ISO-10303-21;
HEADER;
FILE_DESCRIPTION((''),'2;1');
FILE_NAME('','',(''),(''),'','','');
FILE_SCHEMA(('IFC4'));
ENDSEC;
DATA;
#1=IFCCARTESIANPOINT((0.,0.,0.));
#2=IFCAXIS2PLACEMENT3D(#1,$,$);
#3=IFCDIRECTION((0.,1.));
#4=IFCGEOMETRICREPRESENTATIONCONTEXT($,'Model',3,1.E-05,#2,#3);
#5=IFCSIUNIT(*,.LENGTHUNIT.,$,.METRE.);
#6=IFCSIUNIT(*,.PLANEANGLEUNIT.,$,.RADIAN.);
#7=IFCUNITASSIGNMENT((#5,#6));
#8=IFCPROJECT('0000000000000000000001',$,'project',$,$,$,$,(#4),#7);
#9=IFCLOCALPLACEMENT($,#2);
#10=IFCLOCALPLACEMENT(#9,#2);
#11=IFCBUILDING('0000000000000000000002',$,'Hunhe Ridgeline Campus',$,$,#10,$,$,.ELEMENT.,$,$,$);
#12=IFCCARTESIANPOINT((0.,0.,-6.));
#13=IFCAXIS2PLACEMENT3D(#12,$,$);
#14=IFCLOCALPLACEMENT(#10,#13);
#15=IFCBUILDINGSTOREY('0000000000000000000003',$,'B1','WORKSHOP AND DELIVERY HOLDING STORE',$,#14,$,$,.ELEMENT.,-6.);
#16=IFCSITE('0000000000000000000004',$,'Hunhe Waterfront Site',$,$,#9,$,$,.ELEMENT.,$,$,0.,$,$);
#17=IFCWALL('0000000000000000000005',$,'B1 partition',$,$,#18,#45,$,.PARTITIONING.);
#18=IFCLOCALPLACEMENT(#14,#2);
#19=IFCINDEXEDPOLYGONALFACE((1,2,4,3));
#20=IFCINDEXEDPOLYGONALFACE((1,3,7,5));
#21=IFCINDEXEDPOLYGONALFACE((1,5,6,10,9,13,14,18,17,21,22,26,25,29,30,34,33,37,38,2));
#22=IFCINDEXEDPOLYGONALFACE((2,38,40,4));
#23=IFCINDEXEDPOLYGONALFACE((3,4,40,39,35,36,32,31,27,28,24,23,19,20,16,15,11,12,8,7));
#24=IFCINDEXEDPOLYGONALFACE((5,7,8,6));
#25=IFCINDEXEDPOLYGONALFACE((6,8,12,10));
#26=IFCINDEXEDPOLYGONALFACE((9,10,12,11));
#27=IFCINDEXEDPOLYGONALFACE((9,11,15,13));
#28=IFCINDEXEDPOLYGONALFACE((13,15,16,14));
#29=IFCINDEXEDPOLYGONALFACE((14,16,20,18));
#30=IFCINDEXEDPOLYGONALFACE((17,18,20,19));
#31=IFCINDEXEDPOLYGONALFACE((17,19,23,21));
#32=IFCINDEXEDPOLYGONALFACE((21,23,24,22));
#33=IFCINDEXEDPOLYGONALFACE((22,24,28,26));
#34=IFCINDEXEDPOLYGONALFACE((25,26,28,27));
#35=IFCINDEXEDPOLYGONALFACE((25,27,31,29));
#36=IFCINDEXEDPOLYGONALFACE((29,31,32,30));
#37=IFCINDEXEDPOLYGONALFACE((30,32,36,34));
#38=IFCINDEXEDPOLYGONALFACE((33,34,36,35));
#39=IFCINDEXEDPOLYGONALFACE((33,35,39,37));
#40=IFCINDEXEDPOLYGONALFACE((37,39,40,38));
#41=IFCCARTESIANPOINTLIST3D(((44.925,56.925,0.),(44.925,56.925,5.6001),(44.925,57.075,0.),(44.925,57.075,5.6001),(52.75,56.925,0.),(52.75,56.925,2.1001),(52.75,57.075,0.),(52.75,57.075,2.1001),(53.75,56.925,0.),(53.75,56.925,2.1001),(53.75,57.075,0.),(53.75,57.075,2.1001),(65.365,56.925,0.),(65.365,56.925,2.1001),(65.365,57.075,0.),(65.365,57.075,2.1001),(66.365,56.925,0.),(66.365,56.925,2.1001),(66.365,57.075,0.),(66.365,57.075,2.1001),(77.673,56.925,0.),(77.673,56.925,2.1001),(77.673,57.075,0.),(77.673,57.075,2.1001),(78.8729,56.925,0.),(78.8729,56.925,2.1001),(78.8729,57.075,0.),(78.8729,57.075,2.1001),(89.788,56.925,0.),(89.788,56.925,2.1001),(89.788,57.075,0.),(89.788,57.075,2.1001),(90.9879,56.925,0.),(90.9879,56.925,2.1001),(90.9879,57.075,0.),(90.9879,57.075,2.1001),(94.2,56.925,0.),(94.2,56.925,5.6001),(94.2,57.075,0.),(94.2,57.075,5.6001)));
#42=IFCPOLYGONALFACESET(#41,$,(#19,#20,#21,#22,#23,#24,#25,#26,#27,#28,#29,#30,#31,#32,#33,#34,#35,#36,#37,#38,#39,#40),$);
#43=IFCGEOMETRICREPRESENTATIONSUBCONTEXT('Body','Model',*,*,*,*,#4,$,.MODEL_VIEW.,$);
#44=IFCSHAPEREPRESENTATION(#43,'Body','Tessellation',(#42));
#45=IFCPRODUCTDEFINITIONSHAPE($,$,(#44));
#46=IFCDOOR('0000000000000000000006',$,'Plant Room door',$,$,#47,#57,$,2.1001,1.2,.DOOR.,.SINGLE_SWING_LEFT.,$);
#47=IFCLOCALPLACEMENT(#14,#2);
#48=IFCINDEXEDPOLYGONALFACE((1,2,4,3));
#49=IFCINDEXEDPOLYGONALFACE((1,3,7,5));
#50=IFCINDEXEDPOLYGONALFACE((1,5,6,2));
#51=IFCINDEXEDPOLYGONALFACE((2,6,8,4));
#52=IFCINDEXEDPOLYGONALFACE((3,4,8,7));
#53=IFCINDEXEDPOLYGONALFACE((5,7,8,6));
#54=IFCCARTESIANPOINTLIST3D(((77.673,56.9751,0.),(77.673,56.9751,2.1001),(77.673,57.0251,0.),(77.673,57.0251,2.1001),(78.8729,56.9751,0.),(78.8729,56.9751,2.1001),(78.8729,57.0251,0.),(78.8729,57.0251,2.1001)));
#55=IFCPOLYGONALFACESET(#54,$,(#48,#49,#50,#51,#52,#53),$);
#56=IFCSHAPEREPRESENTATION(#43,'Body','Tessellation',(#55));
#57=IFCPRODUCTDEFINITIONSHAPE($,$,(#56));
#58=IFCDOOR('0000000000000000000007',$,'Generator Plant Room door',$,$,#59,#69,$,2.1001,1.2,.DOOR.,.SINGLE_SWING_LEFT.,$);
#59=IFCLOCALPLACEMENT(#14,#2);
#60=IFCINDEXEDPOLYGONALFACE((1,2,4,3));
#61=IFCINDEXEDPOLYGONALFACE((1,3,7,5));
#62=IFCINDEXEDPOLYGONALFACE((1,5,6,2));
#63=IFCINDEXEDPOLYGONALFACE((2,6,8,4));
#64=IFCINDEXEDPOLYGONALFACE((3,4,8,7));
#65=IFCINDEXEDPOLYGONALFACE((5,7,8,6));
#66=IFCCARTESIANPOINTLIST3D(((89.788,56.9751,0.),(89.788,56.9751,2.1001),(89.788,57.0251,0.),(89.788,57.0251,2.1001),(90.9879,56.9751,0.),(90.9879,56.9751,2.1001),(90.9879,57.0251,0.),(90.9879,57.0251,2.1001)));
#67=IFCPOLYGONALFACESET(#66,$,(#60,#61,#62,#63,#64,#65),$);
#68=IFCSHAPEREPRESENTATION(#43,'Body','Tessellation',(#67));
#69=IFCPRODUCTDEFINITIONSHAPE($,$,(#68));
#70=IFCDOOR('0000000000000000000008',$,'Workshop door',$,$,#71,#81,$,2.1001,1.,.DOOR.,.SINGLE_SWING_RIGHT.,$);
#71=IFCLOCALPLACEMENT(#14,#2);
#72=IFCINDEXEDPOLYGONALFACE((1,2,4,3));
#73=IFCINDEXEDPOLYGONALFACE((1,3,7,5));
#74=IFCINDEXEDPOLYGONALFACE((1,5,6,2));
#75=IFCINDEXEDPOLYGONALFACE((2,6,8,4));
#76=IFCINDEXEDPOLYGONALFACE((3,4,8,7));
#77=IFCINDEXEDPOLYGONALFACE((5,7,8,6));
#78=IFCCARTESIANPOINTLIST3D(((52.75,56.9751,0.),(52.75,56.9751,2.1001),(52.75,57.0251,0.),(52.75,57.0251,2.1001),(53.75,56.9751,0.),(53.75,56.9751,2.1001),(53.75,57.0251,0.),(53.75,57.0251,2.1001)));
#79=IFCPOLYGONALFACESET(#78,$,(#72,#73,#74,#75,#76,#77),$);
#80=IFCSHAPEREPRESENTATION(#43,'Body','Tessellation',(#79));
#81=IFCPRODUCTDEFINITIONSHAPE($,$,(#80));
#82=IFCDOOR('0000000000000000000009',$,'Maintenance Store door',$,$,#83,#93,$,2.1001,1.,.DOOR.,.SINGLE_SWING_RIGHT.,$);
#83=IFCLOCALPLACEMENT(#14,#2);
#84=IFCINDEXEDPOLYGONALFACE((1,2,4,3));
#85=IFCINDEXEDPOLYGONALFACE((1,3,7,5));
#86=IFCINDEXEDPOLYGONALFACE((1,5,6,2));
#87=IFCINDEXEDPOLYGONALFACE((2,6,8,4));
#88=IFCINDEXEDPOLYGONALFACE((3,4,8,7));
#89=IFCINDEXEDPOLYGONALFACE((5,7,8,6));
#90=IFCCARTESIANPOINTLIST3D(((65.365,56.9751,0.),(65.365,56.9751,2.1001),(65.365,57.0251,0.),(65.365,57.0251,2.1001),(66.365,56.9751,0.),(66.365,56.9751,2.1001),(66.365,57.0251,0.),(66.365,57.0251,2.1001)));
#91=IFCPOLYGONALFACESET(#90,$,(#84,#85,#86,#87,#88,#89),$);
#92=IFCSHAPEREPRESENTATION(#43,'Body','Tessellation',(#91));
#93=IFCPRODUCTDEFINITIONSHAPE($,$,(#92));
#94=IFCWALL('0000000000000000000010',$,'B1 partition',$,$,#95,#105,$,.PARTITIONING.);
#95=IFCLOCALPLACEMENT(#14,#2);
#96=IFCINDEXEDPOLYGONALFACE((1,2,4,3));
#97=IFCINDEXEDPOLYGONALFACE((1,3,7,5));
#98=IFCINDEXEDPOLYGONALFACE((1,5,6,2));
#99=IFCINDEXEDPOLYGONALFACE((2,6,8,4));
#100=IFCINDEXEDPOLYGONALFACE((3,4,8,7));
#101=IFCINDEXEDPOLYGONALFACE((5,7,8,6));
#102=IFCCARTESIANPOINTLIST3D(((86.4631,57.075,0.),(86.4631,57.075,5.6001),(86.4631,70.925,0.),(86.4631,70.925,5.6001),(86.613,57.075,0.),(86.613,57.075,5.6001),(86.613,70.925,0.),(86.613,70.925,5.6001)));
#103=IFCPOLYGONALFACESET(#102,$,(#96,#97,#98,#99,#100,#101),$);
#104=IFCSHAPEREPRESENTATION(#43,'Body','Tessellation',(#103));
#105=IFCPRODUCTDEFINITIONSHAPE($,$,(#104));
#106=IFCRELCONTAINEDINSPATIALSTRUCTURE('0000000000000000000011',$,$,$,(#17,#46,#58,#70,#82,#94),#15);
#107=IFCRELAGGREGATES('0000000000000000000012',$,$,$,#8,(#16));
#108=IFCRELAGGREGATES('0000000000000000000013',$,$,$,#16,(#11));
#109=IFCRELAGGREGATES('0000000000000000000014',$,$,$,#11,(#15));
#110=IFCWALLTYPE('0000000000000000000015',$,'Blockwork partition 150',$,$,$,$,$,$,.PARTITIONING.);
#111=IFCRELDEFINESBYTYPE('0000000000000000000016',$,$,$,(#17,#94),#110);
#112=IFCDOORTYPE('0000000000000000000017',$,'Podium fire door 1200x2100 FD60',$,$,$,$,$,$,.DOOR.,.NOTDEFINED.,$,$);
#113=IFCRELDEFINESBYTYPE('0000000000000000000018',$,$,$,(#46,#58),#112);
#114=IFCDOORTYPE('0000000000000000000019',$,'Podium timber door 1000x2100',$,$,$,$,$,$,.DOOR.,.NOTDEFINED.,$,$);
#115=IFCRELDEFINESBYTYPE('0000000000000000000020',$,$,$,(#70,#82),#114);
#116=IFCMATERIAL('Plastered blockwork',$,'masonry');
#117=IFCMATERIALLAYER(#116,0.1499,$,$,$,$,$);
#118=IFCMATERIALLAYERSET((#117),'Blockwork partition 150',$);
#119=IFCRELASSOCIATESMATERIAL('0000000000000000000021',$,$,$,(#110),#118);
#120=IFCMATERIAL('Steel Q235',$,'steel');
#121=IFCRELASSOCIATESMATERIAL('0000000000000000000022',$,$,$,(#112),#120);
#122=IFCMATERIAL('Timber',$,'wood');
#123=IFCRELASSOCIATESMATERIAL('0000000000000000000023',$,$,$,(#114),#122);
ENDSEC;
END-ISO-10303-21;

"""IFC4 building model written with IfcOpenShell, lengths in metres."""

from ifc_helpers import new_model, si_unit, direction, frame, frame_2d, origin, place, context, subcontext, project, spatial, rectangle, extrude, material, layer, layer_set, type_object, element, fill, save


model = new_model("IFC4")

# Units and contexts
model_context = context("Model", 3, precision=1e-05, world=origin(), true_north=direction((0.0, 1.0)))
body_context = subcontext(model_context, "Body", "Model", "MODEL_VIEW")
ifc_project = project(units=[si_unit("LENGTHUNIT", "METRE"), si_unit("PLANEANGLEUNIT", "RADIAN")], contexts=[model_context])

# Site, building, storey
site_placement = place(None, origin())
site = spatial("IfcSite", under=ifc_project, at=site_placement, Name="Hunhe Waterfront Site", CompositionType="ELEMENT", RefElevation=0.0)
building_placement = place(site_placement, origin())
building = spatial("IfcBuilding", under=site, at=building_placement, Name="Hunhe Ridgeline Campus", CompositionType="ELEMENT")
storey_placement = place(building_placement, frame((0.0, 0.0, -6.0)))
storey = spatial("IfcBuildingStorey", under=building, at=storey_placement, Name="B1", Description="WORKSHOP AND DELIVERY HOLDING STORE", CompositionType="ELEMENT", Elevation=-6.0)

# Wall, openings, doors
ifc_material_1 = material(Name="Plastered blockwork", Category="masonry")
ifc_layer_1 = layer(ifc_material_1, 0.1499)
ifc_layer_set_1 = layer_set([ifc_layer_1], Name="Blockwork partition 150")
wall_type_1 = type_object("IfcWallType", Name="Blockwork partition 150", PredefinedType="PARTITIONING", material=ifc_layer_set_1)
wall_1_placement = place(storey_placement, frame((94.2, 57.0, 0.0), z_axis=(0.0, 0.0, 1.0), x_axis=(-1.0, 0.0, 0.0)))
wall_1 = element("IfcWall", 1, at=wall_1_placement, inside=storey, type_object=wall_type_1, Name="B1 partition", PredefinedType="PARTITIONING", context=body_context, shape_type="SweptSolid", body=[
    extrude(rectangle(XDim=49.2749, YDim=0.1499, at=frame_2d((24.6375, 0.0))), origin(), (0.0, 0.0, 1.0), 5.6001),
])
opening_1_placement = place(wall_1_placement, frame((40.45, 0.0, 0.0)))
opening_1 = element("IfcOpeningElement", 2, at=opening_1_placement, cuts=wall_1, PredefinedType="OPENING", context=body_context, shape_type="SweptSolid", body=[
    extrude(rectangle(XDim=1.0, YDim=2.1001, at=frame_2d((0.5, 1.05))), frame((0.0, 0.075, 0.0), z_axis=(0.0, -1.0, 0.0), x_axis=(1.0, 0.0, 0.0)), (0.0, 0.0, 1.0), 0.1499),
])
opening_2_placement = place(wall_1_placement, frame((27.835, 0.0, 0.0)))
opening_2 = element("IfcOpeningElement", 3, at=opening_2_placement, cuts=wall_1, PredefinedType="OPENING", context=body_context, shape_type="SweptSolid", body=[
    extrude(rectangle(XDim=1.0, YDim=2.1001, at=frame_2d((0.5, 1.05))), frame((0.0, 0.075, 0.0), z_axis=(0.0, -1.0, 0.0), x_axis=(1.0, 0.0, 0.0)), (0.0, 0.0, 1.0), 0.1499),
])
opening_3_placement = place(wall_1_placement, frame((15.3269, 0.0, 0.0)))
opening_3 = element("IfcOpeningElement", 4, at=opening_3_placement, cuts=wall_1, PredefinedType="OPENING", context=body_context, shape_type="SweptSolid", body=[
    extrude(rectangle(XDim=1.2, YDim=2.1001, at=frame_2d((0.6001, 1.05))), frame((0.0, 0.075, 0.0), z_axis=(0.0, -1.0, 0.0), x_axis=(1.0, 0.0, 0.0)), (0.0, 0.0, 1.0), 0.1499),
])
opening_4_placement = place(wall_1_placement, frame((3.2119, 0.0, 0.0)))
opening_4 = element("IfcOpeningElement", 5, at=opening_4_placement, cuts=wall_1, PredefinedType="OPENING", context=body_context, shape_type="SweptSolid", body=[
    extrude(rectangle(XDim=1.2, YDim=2.1001, at=frame_2d((0.6001, 1.05))), frame((0.0, 0.075, 0.0), z_axis=(0.0, -1.0, 0.0), x_axis=(1.0, 0.0, 0.0)), (0.0, 0.0, 1.0), 0.1499),
])
ifc_material_2 = material(Name="Steel Q235", Category="steel")
door_type_1 = type_object("IfcDoorType", Name="Podium fire door 1200x2100 FD60", OperationType="NOTDEFINED", PredefinedType="DOOR", material=ifc_material_2)
door_1_placement = place(opening_3_placement, origin())
door_1 = element("IfcDoor", 6, at=door_1_placement, inside=storey, type_object=door_type_1, Name="Plant Room door", OperationType="SINGLE_SWING_LEFT", OverallHeight=2.1001, OverallWidth=1.2, PredefinedType="DOOR", context=body_context, shape_type="SweptSolid", body=[
    extrude(rectangle(XDim=1.2, YDim=2.1001, at=frame_2d((0.6001, 1.05))), frame((0.0, 0.0249, 0.0), z_axis=(0.0, -1.0, 0.0), x_axis=(1.0, 0.0, 0.0)), (0.0, 0.0, 1.0), 0.05),
])
fill(opening_3, door_1)
door_2_placement = place(opening_4_placement, origin())
door_2 = element("IfcDoor", 7, at=door_2_placement, inside=storey, type_object=door_type_1, Name="Generator Plant Room door", OperationType="SINGLE_SWING_LEFT", OverallHeight=2.1001, OverallWidth=1.2, PredefinedType="DOOR", context=body_context, shape_type="SweptSolid", body=[
    extrude(rectangle(XDim=1.2, YDim=2.1001, at=frame_2d((0.6001, 1.05))), frame((0.0, 0.0249, 0.0), z_axis=(0.0, -1.0, 0.0), x_axis=(1.0, 0.0, 0.0)), (0.0, 0.0, 1.0), 0.05),
])
fill(opening_4, door_2)
ifc_material_3 = material(Name="Timber", Category="wood")
door_type_2 = type_object("IfcDoorType", Name="Podium timber door 1000x2100", OperationType="NOTDEFINED", PredefinedType="DOOR", material=ifc_material_3)
door_3_placement = place(opening_1_placement, origin())
door_3 = element("IfcDoor", 8, at=door_3_placement, inside=storey, type_object=door_type_2, Name="Workshop door", OperationType="SINGLE_SWING_RIGHT", OverallHeight=2.1001, OverallWidth=1.0, PredefinedType="DOOR", context=body_context, shape_type="SweptSolid", body=[
    extrude(rectangle(XDim=1.0, YDim=2.1001, at=frame_2d((0.5, 1.05))), frame((0.0, 0.0249, 0.0), z_axis=(0.0, -1.0, 0.0), x_axis=(1.0, 0.0, 0.0)), (0.0, 0.0, 1.0), 0.05),
])
fill(opening_1, door_3)
door_4_placement = place(opening_2_placement, origin())
door_4 = element("IfcDoor", 9, at=door_4_placement, inside=storey, type_object=door_type_2, Name="Maintenance Store door", OperationType="SINGLE_SWING_RIGHT", OverallHeight=2.1001, OverallWidth=1.0, PredefinedType="DOOR", context=body_context, shape_type="SweptSolid", body=[
    extrude(rectangle(XDim=1.0, YDim=2.1001, at=frame_2d((0.5, 1.05))), frame((0.0, 0.0249, 0.0), z_axis=(0.0, -1.0, 0.0), x_axis=(1.0, 0.0, 0.0)), (0.0, 0.0, 1.0), 0.05),
])
fill(opening_2, door_4)

# Wall
wall_2_placement = place(storey_placement, frame((86.5381, 57.075, 0.0), z_axis=(0.0, 0.0, 1.0), x_axis=(0.0, 1.0, 0.0)))
element("IfcWall", 10, at=wall_2_placement, inside=storey, type_object=wall_type_1, Name="B1 partition", PredefinedType="PARTITIONING", context=body_context, shape_type="SweptSolid", body=[
    extrude(rectangle(XDim=13.8501, YDim=0.1499, at=frame_2d((6.925, 0.0))), origin(), (0.0, 0.0, 1.0), 5.6001),
])

save(model, "model.ifc")
